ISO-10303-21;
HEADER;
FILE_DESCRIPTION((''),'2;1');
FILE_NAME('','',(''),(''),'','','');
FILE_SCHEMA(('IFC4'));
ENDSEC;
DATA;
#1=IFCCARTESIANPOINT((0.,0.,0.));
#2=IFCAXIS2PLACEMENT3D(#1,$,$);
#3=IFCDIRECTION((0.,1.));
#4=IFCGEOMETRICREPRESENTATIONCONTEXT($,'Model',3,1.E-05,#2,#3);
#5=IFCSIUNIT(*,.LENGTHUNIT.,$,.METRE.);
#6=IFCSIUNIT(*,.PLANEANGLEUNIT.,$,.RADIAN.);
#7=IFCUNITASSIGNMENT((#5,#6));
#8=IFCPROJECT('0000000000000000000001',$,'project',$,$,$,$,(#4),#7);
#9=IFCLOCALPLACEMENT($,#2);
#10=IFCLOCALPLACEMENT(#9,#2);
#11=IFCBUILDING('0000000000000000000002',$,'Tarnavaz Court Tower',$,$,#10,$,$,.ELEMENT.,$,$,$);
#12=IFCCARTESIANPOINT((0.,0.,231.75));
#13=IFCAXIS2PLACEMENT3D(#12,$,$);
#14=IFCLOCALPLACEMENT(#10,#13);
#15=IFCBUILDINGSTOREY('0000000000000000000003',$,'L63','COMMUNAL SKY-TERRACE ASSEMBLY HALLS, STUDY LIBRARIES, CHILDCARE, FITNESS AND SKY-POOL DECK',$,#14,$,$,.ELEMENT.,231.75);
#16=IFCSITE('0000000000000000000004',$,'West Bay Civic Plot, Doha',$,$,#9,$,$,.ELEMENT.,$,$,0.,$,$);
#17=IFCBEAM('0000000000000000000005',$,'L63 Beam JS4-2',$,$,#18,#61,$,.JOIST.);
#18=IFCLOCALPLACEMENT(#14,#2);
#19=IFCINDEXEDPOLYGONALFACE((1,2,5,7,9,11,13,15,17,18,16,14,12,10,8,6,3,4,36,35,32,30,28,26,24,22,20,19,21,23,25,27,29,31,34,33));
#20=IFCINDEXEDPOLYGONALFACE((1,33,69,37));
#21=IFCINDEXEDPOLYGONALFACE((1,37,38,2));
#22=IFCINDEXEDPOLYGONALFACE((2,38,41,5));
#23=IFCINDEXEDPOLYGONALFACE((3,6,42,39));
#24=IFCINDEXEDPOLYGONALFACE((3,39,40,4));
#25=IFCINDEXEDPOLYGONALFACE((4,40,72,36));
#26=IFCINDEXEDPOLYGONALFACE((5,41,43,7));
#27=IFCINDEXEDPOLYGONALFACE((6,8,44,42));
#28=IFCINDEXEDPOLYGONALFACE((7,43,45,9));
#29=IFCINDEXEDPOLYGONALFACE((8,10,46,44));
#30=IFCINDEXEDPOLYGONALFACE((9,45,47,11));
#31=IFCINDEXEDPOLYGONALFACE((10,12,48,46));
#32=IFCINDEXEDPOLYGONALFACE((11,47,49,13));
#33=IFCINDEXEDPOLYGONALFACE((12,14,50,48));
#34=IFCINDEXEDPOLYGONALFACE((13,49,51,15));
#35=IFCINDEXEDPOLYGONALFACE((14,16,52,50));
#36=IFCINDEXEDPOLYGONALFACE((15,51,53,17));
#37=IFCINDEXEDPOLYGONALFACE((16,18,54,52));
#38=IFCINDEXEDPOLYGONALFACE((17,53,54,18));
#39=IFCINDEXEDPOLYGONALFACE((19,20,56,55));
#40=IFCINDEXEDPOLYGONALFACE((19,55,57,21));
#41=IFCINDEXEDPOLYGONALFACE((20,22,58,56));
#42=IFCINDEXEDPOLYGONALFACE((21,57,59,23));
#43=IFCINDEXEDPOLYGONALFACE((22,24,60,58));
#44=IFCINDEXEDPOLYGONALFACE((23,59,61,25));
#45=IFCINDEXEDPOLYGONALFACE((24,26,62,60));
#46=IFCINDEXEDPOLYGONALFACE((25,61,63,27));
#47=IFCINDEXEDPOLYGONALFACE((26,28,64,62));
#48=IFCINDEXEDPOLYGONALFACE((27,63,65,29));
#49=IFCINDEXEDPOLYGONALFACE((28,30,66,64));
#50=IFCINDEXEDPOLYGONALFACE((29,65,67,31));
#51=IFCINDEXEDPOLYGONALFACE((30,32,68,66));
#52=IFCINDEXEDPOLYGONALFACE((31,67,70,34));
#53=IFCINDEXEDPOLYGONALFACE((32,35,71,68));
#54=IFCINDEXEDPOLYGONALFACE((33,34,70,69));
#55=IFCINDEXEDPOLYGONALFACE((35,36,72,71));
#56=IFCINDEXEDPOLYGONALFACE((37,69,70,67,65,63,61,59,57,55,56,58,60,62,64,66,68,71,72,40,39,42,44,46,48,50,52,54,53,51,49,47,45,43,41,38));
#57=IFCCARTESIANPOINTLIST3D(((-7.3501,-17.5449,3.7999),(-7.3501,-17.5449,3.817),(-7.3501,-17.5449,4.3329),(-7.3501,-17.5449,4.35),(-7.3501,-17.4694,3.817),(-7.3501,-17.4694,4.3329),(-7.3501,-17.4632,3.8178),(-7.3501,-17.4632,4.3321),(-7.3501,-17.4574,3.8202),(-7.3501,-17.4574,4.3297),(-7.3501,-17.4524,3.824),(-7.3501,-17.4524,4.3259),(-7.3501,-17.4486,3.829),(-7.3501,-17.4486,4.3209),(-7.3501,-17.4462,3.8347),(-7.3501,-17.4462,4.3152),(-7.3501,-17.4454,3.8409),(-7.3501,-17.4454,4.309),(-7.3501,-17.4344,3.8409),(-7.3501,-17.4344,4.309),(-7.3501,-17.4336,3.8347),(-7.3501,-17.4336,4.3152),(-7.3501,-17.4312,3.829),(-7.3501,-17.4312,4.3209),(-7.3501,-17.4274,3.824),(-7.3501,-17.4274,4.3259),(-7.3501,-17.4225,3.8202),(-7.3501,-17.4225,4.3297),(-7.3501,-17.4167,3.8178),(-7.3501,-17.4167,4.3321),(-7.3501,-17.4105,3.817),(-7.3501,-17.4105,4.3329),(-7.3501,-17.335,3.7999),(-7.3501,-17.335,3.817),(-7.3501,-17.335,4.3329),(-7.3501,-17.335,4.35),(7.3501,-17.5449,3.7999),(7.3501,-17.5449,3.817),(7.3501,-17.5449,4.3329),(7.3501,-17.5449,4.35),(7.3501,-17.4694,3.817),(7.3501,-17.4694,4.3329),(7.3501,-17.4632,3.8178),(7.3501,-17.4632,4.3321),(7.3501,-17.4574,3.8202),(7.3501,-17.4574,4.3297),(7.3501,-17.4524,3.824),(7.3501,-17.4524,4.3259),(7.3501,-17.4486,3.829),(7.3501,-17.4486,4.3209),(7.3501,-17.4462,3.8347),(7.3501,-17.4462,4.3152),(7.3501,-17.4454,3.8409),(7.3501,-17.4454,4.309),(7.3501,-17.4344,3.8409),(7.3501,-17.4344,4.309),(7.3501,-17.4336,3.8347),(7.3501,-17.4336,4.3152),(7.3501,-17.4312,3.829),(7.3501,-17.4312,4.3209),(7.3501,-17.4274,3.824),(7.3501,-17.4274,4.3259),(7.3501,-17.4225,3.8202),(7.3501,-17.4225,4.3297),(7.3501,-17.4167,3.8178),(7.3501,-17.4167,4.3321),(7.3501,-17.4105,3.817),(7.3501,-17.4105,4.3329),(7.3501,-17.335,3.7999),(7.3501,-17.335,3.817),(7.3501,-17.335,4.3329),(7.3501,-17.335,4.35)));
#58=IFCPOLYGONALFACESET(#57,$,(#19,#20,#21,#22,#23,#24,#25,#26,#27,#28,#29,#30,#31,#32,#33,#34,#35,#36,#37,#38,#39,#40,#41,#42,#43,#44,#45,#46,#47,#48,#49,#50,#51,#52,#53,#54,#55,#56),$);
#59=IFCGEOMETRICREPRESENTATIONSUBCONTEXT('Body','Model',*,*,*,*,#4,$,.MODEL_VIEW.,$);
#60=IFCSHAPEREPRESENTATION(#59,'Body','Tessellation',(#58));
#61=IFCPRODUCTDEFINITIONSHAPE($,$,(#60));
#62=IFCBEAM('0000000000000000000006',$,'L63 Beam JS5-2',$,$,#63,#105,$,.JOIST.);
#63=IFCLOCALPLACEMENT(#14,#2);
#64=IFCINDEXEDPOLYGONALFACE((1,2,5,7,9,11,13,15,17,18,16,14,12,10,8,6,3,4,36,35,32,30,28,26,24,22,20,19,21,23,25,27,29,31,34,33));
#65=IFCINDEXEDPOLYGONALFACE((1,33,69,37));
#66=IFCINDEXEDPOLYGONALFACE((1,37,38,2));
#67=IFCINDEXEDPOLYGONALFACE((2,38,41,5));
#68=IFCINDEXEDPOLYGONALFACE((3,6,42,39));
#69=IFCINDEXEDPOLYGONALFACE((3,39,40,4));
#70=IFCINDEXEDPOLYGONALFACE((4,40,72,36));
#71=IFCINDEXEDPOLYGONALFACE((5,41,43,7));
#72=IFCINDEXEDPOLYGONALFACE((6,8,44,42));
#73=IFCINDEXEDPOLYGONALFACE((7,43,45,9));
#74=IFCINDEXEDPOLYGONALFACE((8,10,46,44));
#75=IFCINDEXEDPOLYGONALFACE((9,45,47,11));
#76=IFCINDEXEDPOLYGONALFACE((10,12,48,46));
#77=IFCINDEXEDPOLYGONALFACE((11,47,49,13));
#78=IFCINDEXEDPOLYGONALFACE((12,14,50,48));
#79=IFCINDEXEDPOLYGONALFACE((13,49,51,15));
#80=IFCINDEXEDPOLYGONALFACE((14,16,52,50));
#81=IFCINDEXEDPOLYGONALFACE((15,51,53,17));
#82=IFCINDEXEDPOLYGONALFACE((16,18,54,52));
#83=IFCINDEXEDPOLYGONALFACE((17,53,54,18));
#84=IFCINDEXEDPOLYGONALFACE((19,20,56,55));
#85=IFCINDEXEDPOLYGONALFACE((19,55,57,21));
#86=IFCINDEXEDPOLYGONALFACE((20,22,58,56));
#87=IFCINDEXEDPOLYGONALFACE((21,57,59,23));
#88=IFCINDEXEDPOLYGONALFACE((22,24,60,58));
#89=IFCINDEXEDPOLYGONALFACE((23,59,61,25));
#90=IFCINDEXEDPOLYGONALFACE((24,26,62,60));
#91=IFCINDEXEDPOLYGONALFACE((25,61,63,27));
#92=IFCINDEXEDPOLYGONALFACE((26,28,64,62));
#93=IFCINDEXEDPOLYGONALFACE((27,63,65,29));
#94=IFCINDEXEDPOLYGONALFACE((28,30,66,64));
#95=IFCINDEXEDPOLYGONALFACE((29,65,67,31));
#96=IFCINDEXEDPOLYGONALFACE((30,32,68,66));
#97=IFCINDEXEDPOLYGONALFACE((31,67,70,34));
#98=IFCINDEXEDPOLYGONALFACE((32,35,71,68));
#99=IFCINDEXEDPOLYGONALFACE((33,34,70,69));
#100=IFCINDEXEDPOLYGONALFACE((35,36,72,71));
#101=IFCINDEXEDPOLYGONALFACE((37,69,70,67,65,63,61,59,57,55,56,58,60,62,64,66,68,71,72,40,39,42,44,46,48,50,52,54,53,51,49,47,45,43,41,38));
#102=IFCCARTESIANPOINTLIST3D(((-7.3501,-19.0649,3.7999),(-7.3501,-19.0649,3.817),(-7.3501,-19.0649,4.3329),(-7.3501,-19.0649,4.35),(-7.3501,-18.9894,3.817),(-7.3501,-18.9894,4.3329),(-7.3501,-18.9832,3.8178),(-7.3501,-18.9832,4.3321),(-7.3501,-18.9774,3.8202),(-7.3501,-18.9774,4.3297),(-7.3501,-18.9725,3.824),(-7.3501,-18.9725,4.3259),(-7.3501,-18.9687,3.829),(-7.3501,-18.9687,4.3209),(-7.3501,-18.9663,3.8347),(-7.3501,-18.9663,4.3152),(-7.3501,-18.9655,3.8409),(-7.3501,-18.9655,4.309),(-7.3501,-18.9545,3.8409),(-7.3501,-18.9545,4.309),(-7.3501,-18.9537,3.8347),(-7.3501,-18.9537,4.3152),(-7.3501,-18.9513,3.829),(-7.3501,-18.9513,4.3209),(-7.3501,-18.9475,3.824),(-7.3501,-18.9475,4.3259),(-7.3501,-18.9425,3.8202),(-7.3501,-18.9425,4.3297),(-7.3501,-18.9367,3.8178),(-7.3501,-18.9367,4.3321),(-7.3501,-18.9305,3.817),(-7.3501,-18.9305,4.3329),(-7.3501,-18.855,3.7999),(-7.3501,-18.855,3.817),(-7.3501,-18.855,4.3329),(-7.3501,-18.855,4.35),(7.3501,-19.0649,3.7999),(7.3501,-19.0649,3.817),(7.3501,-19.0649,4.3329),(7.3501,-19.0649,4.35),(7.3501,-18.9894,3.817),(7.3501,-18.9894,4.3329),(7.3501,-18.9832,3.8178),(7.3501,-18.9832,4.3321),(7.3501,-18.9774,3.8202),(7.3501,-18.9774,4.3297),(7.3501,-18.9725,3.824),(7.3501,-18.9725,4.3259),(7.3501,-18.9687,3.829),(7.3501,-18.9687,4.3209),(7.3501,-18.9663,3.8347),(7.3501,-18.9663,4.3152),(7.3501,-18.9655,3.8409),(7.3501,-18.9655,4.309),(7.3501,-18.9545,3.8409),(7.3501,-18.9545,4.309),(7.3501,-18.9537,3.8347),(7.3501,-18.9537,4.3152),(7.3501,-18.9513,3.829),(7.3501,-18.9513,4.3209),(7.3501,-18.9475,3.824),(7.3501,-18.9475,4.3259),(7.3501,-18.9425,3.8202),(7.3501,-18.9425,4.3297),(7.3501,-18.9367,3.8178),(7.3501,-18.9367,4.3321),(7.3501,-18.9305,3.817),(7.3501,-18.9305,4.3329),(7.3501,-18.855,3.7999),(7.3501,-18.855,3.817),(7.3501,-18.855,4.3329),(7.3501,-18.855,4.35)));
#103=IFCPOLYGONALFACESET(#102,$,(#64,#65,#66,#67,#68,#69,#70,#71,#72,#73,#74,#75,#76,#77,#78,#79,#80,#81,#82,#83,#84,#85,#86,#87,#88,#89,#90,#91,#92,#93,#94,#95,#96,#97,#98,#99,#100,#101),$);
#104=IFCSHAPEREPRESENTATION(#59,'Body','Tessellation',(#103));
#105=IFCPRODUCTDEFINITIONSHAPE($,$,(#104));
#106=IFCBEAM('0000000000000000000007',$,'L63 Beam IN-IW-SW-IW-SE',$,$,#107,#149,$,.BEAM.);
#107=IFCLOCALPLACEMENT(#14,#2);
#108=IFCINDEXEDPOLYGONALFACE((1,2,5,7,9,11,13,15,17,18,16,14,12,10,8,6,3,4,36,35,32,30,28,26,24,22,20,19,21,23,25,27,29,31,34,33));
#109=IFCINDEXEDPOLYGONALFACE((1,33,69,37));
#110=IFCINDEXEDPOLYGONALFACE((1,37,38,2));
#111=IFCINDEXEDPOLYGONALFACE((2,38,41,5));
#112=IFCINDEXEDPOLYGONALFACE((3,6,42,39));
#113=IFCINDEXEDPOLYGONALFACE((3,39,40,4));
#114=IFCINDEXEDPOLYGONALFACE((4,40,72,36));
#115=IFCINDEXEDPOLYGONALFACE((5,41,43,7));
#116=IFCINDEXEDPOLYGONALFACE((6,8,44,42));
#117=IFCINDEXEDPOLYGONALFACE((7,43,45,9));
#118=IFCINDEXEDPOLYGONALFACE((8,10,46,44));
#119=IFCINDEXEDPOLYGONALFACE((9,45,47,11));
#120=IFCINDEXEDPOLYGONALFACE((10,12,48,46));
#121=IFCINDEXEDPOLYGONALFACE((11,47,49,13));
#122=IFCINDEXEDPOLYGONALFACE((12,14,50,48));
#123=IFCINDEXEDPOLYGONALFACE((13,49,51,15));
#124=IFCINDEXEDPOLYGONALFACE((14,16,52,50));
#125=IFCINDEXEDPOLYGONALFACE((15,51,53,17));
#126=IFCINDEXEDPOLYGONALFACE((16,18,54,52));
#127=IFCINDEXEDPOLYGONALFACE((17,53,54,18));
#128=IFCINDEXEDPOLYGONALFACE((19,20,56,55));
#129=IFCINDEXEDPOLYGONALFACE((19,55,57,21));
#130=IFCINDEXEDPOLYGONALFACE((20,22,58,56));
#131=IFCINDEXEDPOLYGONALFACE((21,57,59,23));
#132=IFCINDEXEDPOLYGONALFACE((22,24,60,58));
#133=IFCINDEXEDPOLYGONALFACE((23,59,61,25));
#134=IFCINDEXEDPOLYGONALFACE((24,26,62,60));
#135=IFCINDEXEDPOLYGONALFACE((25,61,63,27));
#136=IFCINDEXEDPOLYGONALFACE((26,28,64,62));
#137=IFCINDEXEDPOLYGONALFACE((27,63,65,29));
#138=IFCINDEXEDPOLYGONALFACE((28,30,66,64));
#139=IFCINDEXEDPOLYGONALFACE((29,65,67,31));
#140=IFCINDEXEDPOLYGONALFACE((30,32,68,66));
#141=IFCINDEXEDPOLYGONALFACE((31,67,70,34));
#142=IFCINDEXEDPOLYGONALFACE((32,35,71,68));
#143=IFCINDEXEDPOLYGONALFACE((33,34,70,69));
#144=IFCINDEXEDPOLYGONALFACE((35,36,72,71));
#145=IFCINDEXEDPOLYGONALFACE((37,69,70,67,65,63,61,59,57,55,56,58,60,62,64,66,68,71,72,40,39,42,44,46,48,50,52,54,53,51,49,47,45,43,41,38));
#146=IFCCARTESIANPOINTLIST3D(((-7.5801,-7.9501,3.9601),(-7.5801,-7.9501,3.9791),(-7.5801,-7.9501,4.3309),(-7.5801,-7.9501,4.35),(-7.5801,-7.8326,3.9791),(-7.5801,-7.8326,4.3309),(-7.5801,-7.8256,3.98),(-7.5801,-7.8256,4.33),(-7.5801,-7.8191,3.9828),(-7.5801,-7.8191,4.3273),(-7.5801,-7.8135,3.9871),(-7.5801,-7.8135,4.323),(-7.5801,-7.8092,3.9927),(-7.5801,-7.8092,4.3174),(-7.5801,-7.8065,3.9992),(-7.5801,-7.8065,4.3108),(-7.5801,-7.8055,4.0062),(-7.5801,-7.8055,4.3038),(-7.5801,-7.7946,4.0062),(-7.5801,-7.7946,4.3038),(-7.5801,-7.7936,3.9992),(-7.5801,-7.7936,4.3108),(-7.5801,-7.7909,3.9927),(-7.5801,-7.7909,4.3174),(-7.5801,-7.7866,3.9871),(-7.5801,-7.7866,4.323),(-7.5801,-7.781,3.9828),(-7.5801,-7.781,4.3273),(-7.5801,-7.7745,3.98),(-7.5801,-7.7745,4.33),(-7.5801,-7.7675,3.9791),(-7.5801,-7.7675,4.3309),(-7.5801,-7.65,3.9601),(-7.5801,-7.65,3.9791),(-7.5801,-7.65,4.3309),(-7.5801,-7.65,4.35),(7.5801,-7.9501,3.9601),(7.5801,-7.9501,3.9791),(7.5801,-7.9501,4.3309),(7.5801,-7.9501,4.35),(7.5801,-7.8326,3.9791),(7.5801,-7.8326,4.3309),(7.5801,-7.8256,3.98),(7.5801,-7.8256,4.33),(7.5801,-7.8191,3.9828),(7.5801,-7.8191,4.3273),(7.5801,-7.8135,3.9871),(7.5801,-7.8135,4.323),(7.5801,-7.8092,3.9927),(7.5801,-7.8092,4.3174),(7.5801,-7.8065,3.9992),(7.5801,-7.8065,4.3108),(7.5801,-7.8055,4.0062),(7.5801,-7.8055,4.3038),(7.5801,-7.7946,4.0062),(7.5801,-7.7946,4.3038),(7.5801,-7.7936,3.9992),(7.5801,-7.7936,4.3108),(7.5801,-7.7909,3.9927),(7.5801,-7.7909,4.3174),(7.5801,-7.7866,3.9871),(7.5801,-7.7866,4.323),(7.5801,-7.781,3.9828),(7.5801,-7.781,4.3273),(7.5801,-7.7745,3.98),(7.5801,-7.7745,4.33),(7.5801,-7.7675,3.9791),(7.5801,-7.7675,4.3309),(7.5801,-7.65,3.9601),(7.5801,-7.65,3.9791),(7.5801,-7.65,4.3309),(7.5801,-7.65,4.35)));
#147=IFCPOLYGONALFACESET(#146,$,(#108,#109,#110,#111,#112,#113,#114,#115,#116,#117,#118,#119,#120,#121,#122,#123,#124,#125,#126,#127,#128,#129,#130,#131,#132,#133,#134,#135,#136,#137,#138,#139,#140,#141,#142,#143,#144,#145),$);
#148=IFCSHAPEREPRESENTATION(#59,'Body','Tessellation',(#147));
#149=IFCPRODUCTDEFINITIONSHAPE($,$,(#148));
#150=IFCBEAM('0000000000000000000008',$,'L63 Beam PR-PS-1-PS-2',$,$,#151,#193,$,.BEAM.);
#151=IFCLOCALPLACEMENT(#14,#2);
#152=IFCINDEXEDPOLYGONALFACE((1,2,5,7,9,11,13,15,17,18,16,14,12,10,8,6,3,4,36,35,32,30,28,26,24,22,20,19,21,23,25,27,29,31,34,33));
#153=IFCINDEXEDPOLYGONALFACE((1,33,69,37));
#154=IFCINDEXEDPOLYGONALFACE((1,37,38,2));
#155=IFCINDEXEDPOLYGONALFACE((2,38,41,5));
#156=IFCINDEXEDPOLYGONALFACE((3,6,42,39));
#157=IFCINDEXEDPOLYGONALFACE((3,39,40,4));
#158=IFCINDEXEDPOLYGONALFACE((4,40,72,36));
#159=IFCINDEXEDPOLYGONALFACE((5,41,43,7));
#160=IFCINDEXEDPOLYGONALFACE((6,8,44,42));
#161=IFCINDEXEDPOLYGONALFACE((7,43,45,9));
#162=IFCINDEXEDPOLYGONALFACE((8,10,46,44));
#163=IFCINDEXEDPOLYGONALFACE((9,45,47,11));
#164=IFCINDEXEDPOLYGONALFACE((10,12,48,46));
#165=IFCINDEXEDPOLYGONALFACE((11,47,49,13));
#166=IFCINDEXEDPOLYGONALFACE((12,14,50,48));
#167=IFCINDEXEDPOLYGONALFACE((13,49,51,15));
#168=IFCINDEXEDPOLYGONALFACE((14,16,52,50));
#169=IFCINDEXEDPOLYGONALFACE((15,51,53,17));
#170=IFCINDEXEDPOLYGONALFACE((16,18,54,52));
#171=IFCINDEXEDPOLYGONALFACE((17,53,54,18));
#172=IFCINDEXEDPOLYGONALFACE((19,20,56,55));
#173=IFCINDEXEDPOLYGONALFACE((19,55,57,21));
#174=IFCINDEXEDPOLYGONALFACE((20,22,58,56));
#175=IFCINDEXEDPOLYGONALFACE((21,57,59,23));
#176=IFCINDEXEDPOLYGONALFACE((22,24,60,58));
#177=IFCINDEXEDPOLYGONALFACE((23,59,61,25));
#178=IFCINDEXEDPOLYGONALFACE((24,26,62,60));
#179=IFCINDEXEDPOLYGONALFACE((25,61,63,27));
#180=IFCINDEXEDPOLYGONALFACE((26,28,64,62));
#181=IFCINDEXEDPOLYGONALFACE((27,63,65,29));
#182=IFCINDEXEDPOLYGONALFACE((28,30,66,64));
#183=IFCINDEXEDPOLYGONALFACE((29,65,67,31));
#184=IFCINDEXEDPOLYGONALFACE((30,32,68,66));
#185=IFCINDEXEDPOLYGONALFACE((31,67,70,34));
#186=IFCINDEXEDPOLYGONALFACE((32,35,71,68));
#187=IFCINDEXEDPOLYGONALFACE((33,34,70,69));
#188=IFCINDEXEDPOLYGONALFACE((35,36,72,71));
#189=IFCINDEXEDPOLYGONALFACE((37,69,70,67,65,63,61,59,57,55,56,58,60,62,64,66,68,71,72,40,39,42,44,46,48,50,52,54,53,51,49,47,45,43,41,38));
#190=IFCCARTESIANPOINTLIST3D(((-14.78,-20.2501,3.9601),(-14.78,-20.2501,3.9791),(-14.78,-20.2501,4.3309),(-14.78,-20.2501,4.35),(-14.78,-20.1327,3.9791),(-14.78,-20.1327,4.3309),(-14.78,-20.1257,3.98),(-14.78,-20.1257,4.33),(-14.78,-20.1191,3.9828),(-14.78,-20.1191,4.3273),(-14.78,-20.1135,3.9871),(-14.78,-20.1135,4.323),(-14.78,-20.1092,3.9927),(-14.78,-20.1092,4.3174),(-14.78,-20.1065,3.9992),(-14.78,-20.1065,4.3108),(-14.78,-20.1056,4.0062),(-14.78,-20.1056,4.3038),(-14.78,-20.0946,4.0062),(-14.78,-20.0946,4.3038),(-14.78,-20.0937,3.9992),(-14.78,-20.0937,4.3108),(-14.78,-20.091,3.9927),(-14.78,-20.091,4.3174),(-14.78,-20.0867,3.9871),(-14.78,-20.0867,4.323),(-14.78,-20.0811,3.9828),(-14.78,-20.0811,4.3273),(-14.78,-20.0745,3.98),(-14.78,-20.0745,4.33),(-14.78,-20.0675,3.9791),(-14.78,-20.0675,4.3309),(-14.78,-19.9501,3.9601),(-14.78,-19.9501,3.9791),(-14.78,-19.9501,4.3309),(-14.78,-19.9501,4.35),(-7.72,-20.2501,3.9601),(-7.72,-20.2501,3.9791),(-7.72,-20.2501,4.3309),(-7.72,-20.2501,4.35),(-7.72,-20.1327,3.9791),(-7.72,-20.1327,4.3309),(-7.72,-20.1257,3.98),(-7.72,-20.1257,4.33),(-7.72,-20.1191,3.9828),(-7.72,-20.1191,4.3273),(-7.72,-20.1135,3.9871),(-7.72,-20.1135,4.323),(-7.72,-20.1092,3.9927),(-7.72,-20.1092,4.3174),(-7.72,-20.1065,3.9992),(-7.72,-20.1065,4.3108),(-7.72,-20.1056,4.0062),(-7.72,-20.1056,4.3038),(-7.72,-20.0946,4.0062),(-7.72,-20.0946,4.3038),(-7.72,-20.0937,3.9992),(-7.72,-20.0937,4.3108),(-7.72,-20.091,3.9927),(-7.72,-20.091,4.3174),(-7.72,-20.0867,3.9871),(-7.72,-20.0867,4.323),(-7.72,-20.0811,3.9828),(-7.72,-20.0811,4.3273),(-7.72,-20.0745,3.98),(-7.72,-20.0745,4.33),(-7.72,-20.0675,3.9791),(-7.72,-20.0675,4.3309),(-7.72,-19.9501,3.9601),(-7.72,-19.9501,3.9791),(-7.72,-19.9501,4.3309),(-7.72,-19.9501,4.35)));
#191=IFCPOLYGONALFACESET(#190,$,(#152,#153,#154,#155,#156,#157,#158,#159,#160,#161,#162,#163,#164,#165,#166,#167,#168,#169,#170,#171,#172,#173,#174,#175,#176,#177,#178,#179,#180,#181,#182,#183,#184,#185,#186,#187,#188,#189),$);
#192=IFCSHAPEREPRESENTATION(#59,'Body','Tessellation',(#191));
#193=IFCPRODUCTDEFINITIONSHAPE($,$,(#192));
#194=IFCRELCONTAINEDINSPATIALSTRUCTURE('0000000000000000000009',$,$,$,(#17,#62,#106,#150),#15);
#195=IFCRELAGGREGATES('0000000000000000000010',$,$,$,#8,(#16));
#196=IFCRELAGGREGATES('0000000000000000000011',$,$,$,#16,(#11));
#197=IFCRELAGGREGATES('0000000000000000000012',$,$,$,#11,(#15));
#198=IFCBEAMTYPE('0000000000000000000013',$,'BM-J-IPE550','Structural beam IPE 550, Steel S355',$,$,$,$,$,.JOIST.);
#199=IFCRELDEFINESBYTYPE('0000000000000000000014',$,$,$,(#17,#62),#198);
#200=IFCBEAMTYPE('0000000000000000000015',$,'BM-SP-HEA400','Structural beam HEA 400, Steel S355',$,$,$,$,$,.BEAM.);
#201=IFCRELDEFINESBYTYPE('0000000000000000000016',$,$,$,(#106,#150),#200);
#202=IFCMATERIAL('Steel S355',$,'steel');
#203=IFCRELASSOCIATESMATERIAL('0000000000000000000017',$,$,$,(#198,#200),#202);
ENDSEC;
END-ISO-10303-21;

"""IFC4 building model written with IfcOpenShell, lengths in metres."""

from ifc_helpers import new_model, si_unit, direction, frame, origin, origin_2d, place, context, subcontext, project, spatial, i_section, extrude, material, material_profile, profile_set, type_object, element, save


model = new_model("IFC4")

# Units and contexts
model_context = context("Model", 3, precision=1e-05, world=origin(), true_north=direction((0.0, 1.0)))
body_context = subcontext(model_context, "Body", "Model", "MODEL_VIEW")
ifc_project = project(units=[si_unit("LENGTHUNIT", "METRE"), si_unit("PLANEANGLEUNIT", "RADIAN")], contexts=[model_context])

# Site, building, storey
site_placement = place(None, origin())
site = spatial("IfcSite", under=ifc_project, at=site_placement, Name="West Bay Civic Plot, Doha", CompositionType="ELEMENT", RefElevation=0.0)
building_placement = place(site_placement, origin())
building = spatial("IfcBuilding", under=site, at=building_placement, Name="Tarnavaz Court Tower", CompositionType="ELEMENT")
storey_placement = place(building_placement, frame((0.0, 0.0, 231.75)))
storey = spatial("IfcBuildingStorey", under=building, at=storey_placement, Name="L63", Description="COMMUNAL SKY-TERRACE ASSEMBLY HALLS, STUDY LIBRARIES, CHILDCARE, FITNESS AND SKY-POOL DECK", CompositionType="ELEMENT", Elevation=231.75)

# Beams
ifc_material_1 = material(Name="Steel S355", Category="steel")
ifc_material_profile_1 = material_profile(ifc_material_1, i_section(OverallWidth=0.21, OverallDepth=0.55, WebThickness=0.011, FlangeThickness=0.0171, FilletRadius=0.0239, at=origin_2d()), Name="IPE 550")
ifc_profile_set_1 = profile_set([ifc_material_profile_1], Name="Steel S355")
beam_type_1 = type_object("IfcBeamType", Name="BM-J-IPE550", Description="Structural beam IPE 550, Steel S355", PredefinedType="JOIST", material=ifc_profile_set_1)
for number, where, z_axis, x_axis, name in (
    (1, (-7.3501, -17.4399, 4.075), (1.0, 0.0, 0.0), (0.0, 1.0, 0.0), "L63 Beam JS4-2"),
    (2, (-7.3501, -18.96, 4.075), (1.0, 0.0, 0.0), (0.0, 1.0, 0.0), "L63 Beam JS5-2"),
):
    element("IfcBeam", number, at=place(storey_placement, frame(where, z_axis=z_axis, x_axis=x_axis)), inside=storey, type_object=beam_type_1, Name=name, PredefinedType="JOIST", context=body_context, shape_type="SweptSolid", body=[
        extrude(i_section(OverallWidth=0.21, OverallDepth=0.55, WebThickness=0.011, FlangeThickness=0.0171, FilletRadius=0.0239, at=origin_2d()), origin(), (0.0, 0.0, 1.0), 14.7002),
    ])
ifc_material_profile_2 = material_profile(ifc_material_1, i_section(OverallWidth=0.3, OverallDepth=0.3899, WebThickness=0.011, FlangeThickness=0.019, FilletRadius=0.0271, at=origin_2d()), Name="HEA 400")
ifc_profile_set_2 = profile_set([ifc_material_profile_2], Name="Steel S355")
beam_type_2 = type_object("IfcBeamType", Name="BM-SP-HEA400", Description="Structural beam HEA 400, Steel S355", PredefinedType="BEAM", material=ifc_profile_set_2)
beam_1_placement = place(storey_placement, frame((-7.5801, -7.8, 4.155), z_axis=(1.0, 0.0, 0.0), x_axis=(0.0, 1.0, 0.0)))
element("IfcBeam", 3, at=beam_1_placement, inside=storey, type_object=beam_type_2, Name="L63 Beam IN-IW-SW-IW-SE", PredefinedType="BEAM", context=body_context, shape_type="SweptSolid", body=[
    extrude(i_section(OverallWidth=0.3, OverallDepth=0.3899, WebThickness=0.011, FlangeThickness=0.019, FilletRadius=0.0271, at=origin_2d()), origin(), (0.0, 0.0, 1.0), 15.1602),
])
beam_2_placement = place(storey_placement, frame((-14.78, -20.1001, 4.155), z_axis=(1.0, 0.0, 0.0), x_axis=(0.0, 1.0, 0.0)))
element("IfcBeam", 4, at=beam_2_placement, inside=storey, type_object=beam_type_2, Name="L63 Beam PR-PS-1-PS-2", PredefinedType="BEAM", context=body_context, shape_type="SweptSolid", body=[
    extrude(i_section(OverallWidth=0.3, OverallDepth=0.3899, WebThickness=0.011, FlangeThickness=0.019, FilletRadius=0.0271, at=origin_2d()), origin(), (0.0, 0.0, 1.0), 7.0601),
])

save(model, "model.ifc")
